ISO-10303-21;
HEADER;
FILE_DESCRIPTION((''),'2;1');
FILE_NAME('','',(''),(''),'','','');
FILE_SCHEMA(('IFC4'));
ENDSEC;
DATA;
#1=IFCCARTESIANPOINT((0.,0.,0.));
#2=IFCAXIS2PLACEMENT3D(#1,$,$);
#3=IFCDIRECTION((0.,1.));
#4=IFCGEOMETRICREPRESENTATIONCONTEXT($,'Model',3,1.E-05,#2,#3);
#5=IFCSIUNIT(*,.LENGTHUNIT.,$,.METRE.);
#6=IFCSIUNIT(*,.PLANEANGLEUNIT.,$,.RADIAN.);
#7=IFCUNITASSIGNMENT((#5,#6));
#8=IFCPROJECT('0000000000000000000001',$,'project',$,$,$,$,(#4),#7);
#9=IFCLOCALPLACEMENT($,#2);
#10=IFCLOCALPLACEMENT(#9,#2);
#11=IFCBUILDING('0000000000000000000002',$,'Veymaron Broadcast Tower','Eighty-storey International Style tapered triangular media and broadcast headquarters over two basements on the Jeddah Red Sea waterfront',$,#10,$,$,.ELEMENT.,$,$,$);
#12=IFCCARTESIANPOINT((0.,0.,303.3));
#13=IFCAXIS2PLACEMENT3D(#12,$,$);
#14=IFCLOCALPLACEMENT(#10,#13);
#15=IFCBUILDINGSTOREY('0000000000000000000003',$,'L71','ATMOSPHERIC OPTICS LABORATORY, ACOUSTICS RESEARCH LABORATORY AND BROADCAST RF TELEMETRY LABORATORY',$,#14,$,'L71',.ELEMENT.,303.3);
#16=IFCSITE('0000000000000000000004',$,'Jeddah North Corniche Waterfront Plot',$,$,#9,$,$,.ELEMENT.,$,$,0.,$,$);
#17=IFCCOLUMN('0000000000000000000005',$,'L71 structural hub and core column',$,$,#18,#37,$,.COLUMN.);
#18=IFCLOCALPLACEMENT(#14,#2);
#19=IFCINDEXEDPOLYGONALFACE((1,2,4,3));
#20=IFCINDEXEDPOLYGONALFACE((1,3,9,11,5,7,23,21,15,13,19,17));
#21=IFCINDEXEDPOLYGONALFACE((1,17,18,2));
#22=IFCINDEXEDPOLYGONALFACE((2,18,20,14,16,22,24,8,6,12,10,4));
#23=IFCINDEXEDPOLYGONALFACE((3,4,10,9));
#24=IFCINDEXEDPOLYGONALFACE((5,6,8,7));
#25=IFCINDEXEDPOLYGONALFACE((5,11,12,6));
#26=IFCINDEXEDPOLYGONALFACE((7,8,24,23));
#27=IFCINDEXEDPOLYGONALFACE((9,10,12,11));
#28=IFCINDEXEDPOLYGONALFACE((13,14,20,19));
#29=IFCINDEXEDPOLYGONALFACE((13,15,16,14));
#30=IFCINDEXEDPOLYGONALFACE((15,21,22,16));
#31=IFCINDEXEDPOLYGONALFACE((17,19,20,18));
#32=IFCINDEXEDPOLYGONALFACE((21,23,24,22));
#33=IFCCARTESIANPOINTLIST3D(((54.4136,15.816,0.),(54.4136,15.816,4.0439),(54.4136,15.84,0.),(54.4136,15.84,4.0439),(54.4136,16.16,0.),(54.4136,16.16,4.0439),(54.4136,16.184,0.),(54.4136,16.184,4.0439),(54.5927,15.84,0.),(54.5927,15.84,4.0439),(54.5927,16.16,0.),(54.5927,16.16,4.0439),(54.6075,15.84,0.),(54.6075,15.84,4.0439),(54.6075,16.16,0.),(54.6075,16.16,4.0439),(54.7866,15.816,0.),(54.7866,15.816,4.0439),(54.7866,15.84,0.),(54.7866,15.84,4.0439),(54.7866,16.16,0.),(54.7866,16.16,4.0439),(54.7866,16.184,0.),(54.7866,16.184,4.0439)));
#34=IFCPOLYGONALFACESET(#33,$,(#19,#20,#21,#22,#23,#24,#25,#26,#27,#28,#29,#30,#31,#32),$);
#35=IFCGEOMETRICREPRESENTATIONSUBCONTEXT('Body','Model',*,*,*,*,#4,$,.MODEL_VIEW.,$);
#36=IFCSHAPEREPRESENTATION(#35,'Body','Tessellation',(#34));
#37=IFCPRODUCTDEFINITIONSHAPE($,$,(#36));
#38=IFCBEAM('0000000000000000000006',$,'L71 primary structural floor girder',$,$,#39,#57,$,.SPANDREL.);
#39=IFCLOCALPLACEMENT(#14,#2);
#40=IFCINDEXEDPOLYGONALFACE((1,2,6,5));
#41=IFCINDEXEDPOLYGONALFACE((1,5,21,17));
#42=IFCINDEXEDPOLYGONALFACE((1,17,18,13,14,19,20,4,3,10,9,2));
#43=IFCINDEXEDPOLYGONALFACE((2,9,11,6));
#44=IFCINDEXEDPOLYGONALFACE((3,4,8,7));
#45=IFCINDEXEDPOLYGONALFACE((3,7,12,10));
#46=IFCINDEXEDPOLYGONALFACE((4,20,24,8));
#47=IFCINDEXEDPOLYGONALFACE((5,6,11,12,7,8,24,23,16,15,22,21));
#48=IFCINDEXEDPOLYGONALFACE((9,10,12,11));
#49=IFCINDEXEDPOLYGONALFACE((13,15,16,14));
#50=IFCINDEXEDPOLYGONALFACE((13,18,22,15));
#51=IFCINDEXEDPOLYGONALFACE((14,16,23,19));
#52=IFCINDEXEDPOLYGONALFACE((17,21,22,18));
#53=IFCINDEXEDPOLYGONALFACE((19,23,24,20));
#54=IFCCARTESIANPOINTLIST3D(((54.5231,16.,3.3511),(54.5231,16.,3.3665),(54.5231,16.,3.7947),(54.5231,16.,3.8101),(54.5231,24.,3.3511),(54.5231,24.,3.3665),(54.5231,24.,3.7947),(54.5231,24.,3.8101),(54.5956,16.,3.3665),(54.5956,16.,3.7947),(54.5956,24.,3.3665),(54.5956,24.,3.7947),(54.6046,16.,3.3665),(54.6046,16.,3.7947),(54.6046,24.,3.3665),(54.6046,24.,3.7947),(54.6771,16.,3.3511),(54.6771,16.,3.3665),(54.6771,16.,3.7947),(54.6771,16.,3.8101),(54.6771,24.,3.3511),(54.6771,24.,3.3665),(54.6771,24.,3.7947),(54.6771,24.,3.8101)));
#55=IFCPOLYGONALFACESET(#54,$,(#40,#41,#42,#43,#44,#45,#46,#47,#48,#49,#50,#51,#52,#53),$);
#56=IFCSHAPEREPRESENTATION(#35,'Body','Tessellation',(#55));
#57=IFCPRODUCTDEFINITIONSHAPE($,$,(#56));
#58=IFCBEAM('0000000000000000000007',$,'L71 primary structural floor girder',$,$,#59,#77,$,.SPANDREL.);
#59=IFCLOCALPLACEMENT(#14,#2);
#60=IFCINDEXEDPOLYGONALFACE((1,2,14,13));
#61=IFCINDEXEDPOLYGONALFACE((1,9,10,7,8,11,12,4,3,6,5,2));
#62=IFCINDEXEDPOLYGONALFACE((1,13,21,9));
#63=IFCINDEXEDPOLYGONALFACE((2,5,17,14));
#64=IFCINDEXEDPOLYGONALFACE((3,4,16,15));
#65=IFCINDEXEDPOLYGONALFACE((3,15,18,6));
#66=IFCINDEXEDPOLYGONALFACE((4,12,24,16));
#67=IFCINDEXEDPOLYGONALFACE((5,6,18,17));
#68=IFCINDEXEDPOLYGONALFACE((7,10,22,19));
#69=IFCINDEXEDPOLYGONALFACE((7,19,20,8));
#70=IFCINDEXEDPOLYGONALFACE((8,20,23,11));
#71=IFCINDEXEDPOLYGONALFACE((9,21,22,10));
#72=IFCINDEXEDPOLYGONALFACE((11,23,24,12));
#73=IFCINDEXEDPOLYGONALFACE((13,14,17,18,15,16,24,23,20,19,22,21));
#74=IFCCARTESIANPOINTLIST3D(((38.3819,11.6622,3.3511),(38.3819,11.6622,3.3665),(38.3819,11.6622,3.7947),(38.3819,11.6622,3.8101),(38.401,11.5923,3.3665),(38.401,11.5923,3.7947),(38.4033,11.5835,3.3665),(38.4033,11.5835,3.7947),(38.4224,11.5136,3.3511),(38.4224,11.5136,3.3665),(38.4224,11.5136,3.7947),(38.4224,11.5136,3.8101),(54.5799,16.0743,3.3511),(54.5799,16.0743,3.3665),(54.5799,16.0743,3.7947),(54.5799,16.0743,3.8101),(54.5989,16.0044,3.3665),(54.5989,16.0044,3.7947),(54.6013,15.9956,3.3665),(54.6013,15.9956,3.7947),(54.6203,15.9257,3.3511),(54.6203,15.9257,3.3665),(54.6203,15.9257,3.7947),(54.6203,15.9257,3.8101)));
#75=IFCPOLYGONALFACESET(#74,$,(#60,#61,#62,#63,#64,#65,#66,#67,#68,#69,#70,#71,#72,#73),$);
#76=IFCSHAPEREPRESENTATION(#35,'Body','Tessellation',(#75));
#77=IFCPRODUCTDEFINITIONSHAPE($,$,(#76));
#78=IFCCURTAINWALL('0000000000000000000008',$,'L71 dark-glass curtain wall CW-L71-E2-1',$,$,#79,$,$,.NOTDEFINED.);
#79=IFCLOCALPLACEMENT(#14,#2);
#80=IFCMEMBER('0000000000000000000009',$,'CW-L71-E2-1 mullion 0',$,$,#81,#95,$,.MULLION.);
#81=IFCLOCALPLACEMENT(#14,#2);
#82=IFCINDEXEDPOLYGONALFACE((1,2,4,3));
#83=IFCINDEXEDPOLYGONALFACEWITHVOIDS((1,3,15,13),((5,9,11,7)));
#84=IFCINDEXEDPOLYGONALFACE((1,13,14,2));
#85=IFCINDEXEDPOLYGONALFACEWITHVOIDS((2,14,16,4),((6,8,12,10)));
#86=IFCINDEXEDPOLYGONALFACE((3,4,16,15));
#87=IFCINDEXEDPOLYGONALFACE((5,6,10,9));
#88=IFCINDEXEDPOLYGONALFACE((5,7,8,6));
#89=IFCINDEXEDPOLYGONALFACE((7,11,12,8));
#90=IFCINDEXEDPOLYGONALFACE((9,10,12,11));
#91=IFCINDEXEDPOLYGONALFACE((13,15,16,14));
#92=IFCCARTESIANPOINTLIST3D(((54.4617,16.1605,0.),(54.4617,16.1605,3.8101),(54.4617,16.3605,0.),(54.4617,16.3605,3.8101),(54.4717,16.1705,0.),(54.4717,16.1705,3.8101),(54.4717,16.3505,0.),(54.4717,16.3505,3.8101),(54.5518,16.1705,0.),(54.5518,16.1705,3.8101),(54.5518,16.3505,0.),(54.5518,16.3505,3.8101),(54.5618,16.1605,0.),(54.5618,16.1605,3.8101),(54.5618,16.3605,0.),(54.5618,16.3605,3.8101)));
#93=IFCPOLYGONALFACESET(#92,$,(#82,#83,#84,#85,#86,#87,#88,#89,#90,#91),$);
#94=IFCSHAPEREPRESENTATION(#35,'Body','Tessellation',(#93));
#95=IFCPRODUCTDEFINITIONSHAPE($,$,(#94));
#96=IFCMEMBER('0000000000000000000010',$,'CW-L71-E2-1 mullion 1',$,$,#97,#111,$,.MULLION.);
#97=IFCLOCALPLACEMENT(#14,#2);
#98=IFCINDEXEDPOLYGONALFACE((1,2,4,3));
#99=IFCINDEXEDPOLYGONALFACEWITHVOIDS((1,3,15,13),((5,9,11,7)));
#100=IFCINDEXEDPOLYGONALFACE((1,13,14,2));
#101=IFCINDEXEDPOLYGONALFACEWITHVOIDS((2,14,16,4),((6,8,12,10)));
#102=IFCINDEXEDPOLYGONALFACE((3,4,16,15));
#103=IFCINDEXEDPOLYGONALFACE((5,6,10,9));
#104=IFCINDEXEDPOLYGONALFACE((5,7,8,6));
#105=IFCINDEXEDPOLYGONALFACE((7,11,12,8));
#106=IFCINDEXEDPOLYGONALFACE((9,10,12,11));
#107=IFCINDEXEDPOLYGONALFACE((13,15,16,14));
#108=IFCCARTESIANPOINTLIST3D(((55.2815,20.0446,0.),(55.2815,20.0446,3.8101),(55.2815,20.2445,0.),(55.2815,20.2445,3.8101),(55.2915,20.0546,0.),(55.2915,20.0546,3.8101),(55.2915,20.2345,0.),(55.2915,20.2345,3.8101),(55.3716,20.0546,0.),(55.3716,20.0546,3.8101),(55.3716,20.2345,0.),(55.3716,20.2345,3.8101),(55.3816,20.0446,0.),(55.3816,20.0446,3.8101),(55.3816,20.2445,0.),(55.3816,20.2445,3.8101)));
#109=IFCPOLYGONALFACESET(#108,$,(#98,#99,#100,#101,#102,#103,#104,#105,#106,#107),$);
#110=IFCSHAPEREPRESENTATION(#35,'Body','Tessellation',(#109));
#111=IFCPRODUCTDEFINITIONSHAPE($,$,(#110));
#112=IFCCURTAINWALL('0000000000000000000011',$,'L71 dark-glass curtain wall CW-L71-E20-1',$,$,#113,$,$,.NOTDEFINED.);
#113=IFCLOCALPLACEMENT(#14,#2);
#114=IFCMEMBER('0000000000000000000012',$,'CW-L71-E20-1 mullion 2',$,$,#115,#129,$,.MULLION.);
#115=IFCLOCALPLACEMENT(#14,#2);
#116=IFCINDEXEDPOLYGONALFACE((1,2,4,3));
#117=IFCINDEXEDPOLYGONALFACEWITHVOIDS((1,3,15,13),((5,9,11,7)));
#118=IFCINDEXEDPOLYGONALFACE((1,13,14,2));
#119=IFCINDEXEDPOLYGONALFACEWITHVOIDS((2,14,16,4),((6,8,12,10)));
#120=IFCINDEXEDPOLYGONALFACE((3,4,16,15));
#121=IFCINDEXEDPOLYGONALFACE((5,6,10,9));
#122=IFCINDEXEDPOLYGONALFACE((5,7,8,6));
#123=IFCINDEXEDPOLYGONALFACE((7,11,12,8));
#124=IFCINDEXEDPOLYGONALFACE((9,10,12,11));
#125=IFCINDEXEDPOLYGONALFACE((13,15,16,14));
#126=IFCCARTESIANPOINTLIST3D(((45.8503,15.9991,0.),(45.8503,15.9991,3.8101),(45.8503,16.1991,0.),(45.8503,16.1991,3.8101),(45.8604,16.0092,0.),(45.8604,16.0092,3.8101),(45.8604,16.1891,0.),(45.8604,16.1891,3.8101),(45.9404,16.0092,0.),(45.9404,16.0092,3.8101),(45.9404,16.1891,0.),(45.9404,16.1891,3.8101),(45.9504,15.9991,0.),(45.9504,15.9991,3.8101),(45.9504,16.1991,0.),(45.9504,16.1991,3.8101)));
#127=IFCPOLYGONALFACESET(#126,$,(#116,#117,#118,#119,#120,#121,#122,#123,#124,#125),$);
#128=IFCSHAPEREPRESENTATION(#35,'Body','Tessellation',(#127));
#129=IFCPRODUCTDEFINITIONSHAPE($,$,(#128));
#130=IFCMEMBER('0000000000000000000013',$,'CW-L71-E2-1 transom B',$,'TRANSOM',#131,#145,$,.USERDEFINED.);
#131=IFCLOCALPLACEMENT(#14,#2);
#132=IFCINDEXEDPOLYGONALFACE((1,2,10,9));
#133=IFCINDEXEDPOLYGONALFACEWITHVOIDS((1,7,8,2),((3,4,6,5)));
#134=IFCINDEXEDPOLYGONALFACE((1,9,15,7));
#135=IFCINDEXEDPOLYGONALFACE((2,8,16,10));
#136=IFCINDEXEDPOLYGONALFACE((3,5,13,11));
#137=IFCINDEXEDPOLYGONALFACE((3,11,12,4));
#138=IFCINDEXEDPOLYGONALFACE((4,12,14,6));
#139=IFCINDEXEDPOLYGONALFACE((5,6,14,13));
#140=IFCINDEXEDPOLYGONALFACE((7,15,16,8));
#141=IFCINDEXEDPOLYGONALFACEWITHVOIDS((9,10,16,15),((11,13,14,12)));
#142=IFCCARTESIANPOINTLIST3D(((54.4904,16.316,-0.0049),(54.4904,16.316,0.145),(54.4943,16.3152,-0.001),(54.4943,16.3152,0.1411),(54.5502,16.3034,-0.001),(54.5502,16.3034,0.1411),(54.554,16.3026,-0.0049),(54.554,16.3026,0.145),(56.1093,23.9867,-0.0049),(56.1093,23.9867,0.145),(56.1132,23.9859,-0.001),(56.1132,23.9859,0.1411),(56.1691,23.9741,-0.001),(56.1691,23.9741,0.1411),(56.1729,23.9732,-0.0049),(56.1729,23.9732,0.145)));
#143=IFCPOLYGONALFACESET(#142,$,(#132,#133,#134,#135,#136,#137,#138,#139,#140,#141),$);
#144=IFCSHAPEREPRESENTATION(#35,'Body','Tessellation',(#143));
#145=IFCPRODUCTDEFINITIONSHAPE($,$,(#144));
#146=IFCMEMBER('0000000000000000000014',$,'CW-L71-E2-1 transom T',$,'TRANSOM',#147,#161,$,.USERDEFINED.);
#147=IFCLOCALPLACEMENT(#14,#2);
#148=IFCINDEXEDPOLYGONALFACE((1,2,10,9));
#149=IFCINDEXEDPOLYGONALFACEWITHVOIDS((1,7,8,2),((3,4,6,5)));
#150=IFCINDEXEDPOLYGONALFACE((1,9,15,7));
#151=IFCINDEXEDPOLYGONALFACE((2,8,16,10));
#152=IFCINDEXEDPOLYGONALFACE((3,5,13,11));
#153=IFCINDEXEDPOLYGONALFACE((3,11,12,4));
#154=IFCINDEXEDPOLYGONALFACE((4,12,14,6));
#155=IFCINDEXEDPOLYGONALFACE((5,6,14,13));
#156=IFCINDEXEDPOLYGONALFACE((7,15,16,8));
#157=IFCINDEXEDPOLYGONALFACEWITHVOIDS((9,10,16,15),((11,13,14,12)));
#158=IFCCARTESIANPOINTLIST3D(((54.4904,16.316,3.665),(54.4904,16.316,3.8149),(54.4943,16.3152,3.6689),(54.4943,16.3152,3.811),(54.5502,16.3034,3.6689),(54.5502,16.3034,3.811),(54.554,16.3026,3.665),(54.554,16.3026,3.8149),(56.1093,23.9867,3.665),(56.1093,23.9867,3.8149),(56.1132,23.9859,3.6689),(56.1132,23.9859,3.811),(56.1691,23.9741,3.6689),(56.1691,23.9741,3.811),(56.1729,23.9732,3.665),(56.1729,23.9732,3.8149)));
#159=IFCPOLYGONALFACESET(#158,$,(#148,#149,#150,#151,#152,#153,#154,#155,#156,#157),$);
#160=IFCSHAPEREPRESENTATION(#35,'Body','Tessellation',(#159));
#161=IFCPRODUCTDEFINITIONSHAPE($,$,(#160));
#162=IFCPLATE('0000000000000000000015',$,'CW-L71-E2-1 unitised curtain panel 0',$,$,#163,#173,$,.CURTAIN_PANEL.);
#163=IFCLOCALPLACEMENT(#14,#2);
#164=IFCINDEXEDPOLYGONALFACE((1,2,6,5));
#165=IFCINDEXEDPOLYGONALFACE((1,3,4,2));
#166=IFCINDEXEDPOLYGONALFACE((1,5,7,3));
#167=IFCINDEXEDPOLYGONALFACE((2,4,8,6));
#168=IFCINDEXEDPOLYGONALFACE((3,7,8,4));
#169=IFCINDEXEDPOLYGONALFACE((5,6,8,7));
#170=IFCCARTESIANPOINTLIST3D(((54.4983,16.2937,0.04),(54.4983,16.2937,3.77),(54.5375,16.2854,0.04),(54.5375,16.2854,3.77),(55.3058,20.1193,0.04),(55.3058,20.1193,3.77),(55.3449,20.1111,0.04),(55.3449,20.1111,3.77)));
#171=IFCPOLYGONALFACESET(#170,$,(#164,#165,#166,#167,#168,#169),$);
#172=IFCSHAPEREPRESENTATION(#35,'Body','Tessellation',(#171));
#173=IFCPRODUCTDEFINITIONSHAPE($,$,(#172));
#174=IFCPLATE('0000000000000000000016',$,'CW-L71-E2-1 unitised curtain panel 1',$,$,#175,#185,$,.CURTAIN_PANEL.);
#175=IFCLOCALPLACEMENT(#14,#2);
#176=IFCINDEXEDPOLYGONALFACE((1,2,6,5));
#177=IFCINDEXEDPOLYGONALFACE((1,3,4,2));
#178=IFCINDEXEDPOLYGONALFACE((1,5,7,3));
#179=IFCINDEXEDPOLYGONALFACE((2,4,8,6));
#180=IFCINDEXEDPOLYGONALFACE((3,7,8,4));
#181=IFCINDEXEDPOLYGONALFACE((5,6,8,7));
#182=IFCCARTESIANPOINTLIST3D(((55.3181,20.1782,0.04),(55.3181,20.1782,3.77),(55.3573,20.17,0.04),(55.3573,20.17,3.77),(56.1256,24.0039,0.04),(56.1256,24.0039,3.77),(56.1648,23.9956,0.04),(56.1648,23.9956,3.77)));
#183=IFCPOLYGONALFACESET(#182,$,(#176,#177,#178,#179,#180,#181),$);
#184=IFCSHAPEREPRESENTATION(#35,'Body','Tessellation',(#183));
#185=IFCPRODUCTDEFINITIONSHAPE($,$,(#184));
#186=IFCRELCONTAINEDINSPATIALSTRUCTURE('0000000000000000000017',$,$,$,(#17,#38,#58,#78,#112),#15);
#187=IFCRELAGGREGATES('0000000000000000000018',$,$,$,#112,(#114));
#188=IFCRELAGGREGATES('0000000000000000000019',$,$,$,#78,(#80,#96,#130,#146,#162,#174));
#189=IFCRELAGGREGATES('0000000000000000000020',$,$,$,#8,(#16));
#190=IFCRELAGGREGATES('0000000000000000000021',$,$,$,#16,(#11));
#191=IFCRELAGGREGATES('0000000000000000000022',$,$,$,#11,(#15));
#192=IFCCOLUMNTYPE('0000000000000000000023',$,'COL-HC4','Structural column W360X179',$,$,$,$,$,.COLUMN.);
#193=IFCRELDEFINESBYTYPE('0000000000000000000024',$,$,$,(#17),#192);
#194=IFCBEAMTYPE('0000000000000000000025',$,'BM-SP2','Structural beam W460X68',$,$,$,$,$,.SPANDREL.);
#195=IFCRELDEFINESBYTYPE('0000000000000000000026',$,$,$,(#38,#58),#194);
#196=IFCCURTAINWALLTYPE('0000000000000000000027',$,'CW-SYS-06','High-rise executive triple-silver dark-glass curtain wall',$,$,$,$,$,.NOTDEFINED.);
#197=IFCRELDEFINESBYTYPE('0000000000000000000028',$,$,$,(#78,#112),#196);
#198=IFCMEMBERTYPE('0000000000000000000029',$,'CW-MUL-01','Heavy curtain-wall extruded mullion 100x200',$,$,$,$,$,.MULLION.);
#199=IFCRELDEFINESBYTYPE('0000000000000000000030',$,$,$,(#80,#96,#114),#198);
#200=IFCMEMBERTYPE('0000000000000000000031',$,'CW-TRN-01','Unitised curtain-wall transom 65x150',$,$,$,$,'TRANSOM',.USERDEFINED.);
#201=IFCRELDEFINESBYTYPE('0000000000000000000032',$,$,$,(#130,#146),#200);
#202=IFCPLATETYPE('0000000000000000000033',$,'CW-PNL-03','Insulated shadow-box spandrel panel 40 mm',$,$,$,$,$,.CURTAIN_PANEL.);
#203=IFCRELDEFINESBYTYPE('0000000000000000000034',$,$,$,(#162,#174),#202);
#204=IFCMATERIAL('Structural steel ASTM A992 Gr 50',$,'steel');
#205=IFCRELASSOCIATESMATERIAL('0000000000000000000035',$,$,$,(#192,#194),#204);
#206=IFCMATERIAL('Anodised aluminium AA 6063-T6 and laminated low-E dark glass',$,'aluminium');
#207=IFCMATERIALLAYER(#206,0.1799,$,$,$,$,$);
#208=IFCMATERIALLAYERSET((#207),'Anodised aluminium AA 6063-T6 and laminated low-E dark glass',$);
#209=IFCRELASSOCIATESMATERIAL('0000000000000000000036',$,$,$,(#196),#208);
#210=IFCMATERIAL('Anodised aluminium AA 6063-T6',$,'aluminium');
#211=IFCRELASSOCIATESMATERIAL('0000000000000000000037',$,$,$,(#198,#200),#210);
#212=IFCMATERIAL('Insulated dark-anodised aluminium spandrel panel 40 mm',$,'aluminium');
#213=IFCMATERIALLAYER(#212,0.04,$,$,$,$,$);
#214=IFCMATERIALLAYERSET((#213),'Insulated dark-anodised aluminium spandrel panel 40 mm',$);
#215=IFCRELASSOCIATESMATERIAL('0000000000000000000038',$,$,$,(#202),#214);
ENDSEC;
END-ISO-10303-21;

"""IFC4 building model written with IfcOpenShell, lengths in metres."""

from ifc_helpers import new_model, si_unit, direction, frame, origin, origin_2d, place, context, subcontext, project, spatial, rectangle, hollow_rectangle, i_section, extrude, material, layer, layer_set, material_profile, profile_set, type_object, element, aggregate, save


model = new_model("IFC4")

# Units and contexts
model_context = context("Model", 3, precision=1e-05, world=origin(), true_north=direction((0.0, 1.0)))
body_context = subcontext(model_context, "Body", "Model", "MODEL_VIEW")
ifc_project = project(units=[si_unit("LENGTHUNIT", "METRE"), si_unit("PLANEANGLEUNIT", "RADIAN")], contexts=[model_context])

# Site, building, storey
site_placement = place(None, origin())
site = spatial("IfcSite", under=ifc_project, at=site_placement, Name="Jeddah North Corniche Waterfront Plot", CompositionType="ELEMENT", RefElevation=0.0)
building_placement = place(site_placement, origin())
building = spatial("IfcBuilding", under=site, at=building_placement, Name="Veymaron Broadcast Tower", Description="Eighty-storey International Style tapered triangular media and broadcast headquarters over two basements on the Jeddah Red Sea waterfront", CompositionType="ELEMENT")
storey_placement = place(building_placement, frame((0.0, 0.0, 303.3)))
storey = spatial("IfcBuildingStorey", under=building, at=storey_placement, Name="L71", Description="ATMOSPHERIC OPTICS LABORATORY, ACOUSTICS RESEARCH LABORATORY AND BROADCAST RF TELEMETRY LABORATORY", LongName="L71", CompositionType="ELEMENT", Elevation=303.3)

# Column
ifc_material_1 = material(Name="Structural steel ASTM A992 Gr 50", Category="steel")
ifc_material_profile_1 = material_profile(ifc_material_1, i_section(OverallWidth=0.373, OverallDepth=0.3679, WebThickness=0.0149, FlangeThickness=0.0239, at=origin_2d()), Name="W360X179")
ifc_profile_set_1 = profile_set([ifc_material_profile_1], Name="Structural steel ASTM A992 Gr 50")
column_type = type_object("IfcColumnType", Name="COL-HC4", Description="Structural column W360X179", PredefinedType="COLUMN", material=ifc_profile_set_1)
column_placement = place(storey_placement, frame((54.6001, 16.0, 0.0), z_axis=(0.0, 0.0, 1.0), x_axis=(1.0, 0.0, 0.0)))
element("IfcColumn", 1, at=column_placement, inside=storey, type_object=column_type, Name="L71 structural hub and core column", PredefinedType="COLUMN", context=body_context, shape_type="SweptSolid", body=[
    extrude(i_section(OverallWidth=0.373, OverallDepth=0.3679, WebThickness=0.0149, FlangeThickness=0.0239, at=origin_2d()), origin(), (0.0, 0.0, 1.0), 4.0439),
])

# Beams
ifc_material_profile_2 = material_profile(ifc_material_1, i_section(OverallWidth=0.1541, OverallDepth=0.459, WebThickness=0.009, FlangeThickness=0.0154, at=origin_2d()), Name="W460X68")
ifc_profile_set_2 = profile_set([ifc_material_profile_2], Name="Structural steel ASTM A992 Gr 50")
beam_type = type_object("IfcBeamType", Name="BM-SP2", Description="Structural beam W460X68", PredefinedType="SPANDREL", material=ifc_profile_set_2)
beam_1_placement = place(storey_placement, frame((54.6001, 16.0, 3.5806), z_axis=(0.0, 1.0, 0.0), x_axis=(-1.0, 0.0, 0.0)))
element("IfcBeam", 2, at=beam_1_placement, inside=storey, type_object=beam_type, Name="L71 primary structural floor girder", PredefinedType="SPANDREL", context=body_context, shape_type="SweptSolid", body=[
    extrude(i_section(OverallWidth=0.1541, OverallDepth=0.459, WebThickness=0.009, FlangeThickness=0.0154, at=origin_2d()), origin(), (0.0, 0.0, 1.0), 8.0),
])
beam_2_placement = place(storey_placement, frame((54.6001, 16.0, 3.5806), z_axis=(-0.964847, -0.262811, 0.0), x_axis=(0.262811, -0.964847, 0.0)))
element("IfcBeam", 3, at=beam_2_placement, inside=storey, type_object=beam_type, Name="L71 primary structural floor girder", PredefinedType="SPANDREL", context=body_context, shape_type="SweptSolid", body=[
    extrude(i_section(OverallWidth=0.1541, OverallDepth=0.459, WebThickness=0.009, FlangeThickness=0.0154, at=origin_2d()), origin(), (0.0, 0.0, 1.0), 16.7881),
])

# Curtain wall, members
ifc_material_2 = material(Name="Anodised aluminium AA 6063-T6 and laminated low-E dark glass", Category="aluminium")
ifc_layer_1 = layer(ifc_material_2, 0.1799)
ifc_layer_set_1 = layer_set([ifc_layer_1], Name="Anodised aluminium AA 6063-T6 and laminated low-E dark glass")
curtain_wall_type = type_object("IfcCurtainWallType", Name="CW-SYS-06", Description="High-rise executive triple-silver dark-glass curtain wall", PredefinedType="NOTDEFINED", material=ifc_layer_set_1)
curtain_wall_1_placement = place(storey_placement, origin())
curtain_wall_1 = element("IfcCurtainWall", 4, at=curtain_wall_1_placement, inside=storey, type_object=curtain_wall_type, Name="L71 dark-glass curtain wall CW-L71-E2-1", PredefinedType="NOTDEFINED")
ifc_material_3 = material(Name="Anodised aluminium AA 6063-T6", Category="aluminium")
ifc_material_profile_3 = material_profile(ifc_material_3, hollow_rectangle(XDim=0.1001, YDim=0.2, WallThickness=0.01, at=origin_2d()), Name="RHS200X100X10")
ifc_profile_set_3 = profile_set([ifc_material_profile_3], Name="Anodised aluminium AA 6063-T6")
member_type_1 = type_object("IfcMemberType", Name="CW-MUL-01", Description="Heavy curtain-wall extruded mullion 100x200", PredefinedType="MULLION", material=ifc_profile_set_3)
member_1_placement = place(storey_placement, frame((54.5117, 16.2605, 0.0), z_axis=(0.0, 0.0, 1.0), x_axis=(1.0, 0.0, 0.0)))
member_1 = element("IfcMember", 5, at=member_1_placement, type_object=member_type_1, Name="CW-L71-E2-1 mullion 0", PredefinedType="MULLION", context=body_context, shape_type="SweptSolid", body=[
    extrude(hollow_rectangle(XDim=0.1001, YDim=0.2, WallThickness=0.01, at=origin_2d()), origin(), (0.0, 0.0, 1.0), 3.8101),
])
member_2_placement = place(storey_placement, frame((55.3315, 20.1445, 0.0), z_axis=(0.0, 0.0, 1.0), x_axis=(1.0, 0.0, 0.0)))
member_2 = element("IfcMember", 6, at=member_2_placement, type_object=member_type_1, Name="CW-L71-E2-1 mullion 1", PredefinedType="MULLION", context=body_context, shape_type="SweptSolid", body=[
    extrude(hollow_rectangle(XDim=0.1001, YDim=0.2, WallThickness=0.01, at=origin_2d()), origin(), (0.0, 0.0, 1.0), 3.8101),
])

# Curtain wall, member
curtain_wall_2_placement = place(storey_placement, origin())
curtain_wall_2 = element("IfcCurtainWall", 7, at=curtain_wall_2_placement, inside=storey, type_object=curtain_wall_type, Name="L71 dark-glass curtain wall CW-L71-E20-1", PredefinedType="NOTDEFINED")
member_3_placement = place(storey_placement, frame((45.9004, 16.0991, 0.0), z_axis=(0.0, 0.0, 1.0), x_axis=(1.0, 0.0, 0.0)))
member_3 = element("IfcMember", 8, at=member_3_placement, type_object=member_type_1, Name="CW-L71-E20-1 mullion 2", PredefinedType="MULLION", context=body_context, shape_type="SweptSolid", body=[
    extrude(hollow_rectangle(XDim=0.1001, YDim=0.2, WallThickness=0.01, at=origin_2d()), origin(), (0.0, 0.0, 1.0), 3.8101),
])
aggregate(curtain_wall_2, [member_3])

# Members
ifc_material_profile_4 = material_profile(ifc_material_3, hollow_rectangle(XDim=0.0649, YDim=0.1499, WallThickness=0.0039, at=origin_2d()), Name="AL150X65X4")
ifc_profile_set_4 = profile_set([ifc_material_profile_4], Name="Anodised aluminium AA 6063-T6")
member_type_2 = type_object("IfcMemberType", Name="CW-TRN-01", Description="Unitised curtain-wall transom 65x150", ElementType="TRANSOM", PredefinedType="USERDEFINED", material=ifc_profile_set_4)
member_4_placement = place(storey_placement, frame((54.5222, 16.3093, 0.0701), z_axis=(0.206502, 0.978446, 0.0), x_axis=(-0.978446, 0.206502, 0.0)))
member_4 = element("IfcMember", 9, at=member_4_placement, type_object=member_type_2, Name="CW-L71-E2-1 transom B", ObjectType="TRANSOM", PredefinedType="USERDEFINED", context=body_context, shape_type="SweptSolid", body=[
    extrude(hollow_rectangle(XDim=0.0649, YDim=0.1499, WallThickness=0.0039, at=origin_2d()), origin(), (0.0, 0.0, 1.0), 7.8396),
])
member_5_placement = place(storey_placement, frame((54.5222, 16.3093, 3.74), z_axis=(0.206502, 0.978446, 0.0), x_axis=(-0.978446, 0.206502, 0.0)))
member_5 = element("IfcMember", 10, at=member_5_placement, type_object=member_type_2, Name="CW-L71-E2-1 transom T", ObjectType="TRANSOM", PredefinedType="USERDEFINED", context=body_context, shape_type="SweptSolid", body=[
    extrude(hollow_rectangle(XDim=0.0649, YDim=0.1499, WallThickness=0.0039, at=origin_2d()), origin(), (0.0, 0.0, 1.0), 7.8396),
])

# Plates
ifc_material_4 = material(Name="Insulated dark-anodised aluminium spandrel panel 40 mm", Category="aluminium")
ifc_layer_2 = layer(ifc_material_4, 0.04)
ifc_layer_set_2 = layer_set([ifc_layer_2], Name="Insulated dark-anodised aluminium spandrel panel 40 mm")
plate_type_1 = type_object("IfcPlateType", Name="CW-PNL-03", Description="Insulated shadow-box spandrel panel 40 mm", PredefinedType="CURTAIN_PANEL", material=ifc_layer_set_2)
plate_1_placement = place(storey_placement, frame((54.9216, 18.2024, 0.04), z_axis=(0.0, 0.0, 1.0), x_axis=(0.206512, 0.978444, 0.0)))
plate_1 = element("IfcPlate", 11, at=plate_1_placement, type_object=plate_type_1, Name="CW-L71-E2-1 unitised curtain panel 0", PredefinedType="CURTAIN_PANEL", context=body_context, shape_type="SweptSolid", body=[
    extrude(rectangle(XDim=3.9099, YDim=0.04, at=origin_2d()), origin(), (0.0, 0.0, 1.0), 3.73),
])
plate_2_placement = place(storey_placement, frame((55.7415, 22.0869, 0.04), z_axis=(0.0, 0.0, 1.0), x_axis=(0.206512, 0.978444, 0.0)))
plate_2 = element("IfcPlate", 12, at=plate_2_placement, type_object=plate_type_1, Name="CW-L71-E2-1 unitised curtain panel 1", PredefinedType="CURTAIN_PANEL", context=body_context, shape_type="SweptSolid", body=[
    extrude(rectangle(XDim=3.9099, YDim=0.04, at=origin_2d()), origin(), (0.0, 0.0, 1.0), 3.73),
])
aggregate(curtain_wall_1, [member_1, member_2, member_4, member_5, plate_1, plate_2])

save(model, "model.ifc")
